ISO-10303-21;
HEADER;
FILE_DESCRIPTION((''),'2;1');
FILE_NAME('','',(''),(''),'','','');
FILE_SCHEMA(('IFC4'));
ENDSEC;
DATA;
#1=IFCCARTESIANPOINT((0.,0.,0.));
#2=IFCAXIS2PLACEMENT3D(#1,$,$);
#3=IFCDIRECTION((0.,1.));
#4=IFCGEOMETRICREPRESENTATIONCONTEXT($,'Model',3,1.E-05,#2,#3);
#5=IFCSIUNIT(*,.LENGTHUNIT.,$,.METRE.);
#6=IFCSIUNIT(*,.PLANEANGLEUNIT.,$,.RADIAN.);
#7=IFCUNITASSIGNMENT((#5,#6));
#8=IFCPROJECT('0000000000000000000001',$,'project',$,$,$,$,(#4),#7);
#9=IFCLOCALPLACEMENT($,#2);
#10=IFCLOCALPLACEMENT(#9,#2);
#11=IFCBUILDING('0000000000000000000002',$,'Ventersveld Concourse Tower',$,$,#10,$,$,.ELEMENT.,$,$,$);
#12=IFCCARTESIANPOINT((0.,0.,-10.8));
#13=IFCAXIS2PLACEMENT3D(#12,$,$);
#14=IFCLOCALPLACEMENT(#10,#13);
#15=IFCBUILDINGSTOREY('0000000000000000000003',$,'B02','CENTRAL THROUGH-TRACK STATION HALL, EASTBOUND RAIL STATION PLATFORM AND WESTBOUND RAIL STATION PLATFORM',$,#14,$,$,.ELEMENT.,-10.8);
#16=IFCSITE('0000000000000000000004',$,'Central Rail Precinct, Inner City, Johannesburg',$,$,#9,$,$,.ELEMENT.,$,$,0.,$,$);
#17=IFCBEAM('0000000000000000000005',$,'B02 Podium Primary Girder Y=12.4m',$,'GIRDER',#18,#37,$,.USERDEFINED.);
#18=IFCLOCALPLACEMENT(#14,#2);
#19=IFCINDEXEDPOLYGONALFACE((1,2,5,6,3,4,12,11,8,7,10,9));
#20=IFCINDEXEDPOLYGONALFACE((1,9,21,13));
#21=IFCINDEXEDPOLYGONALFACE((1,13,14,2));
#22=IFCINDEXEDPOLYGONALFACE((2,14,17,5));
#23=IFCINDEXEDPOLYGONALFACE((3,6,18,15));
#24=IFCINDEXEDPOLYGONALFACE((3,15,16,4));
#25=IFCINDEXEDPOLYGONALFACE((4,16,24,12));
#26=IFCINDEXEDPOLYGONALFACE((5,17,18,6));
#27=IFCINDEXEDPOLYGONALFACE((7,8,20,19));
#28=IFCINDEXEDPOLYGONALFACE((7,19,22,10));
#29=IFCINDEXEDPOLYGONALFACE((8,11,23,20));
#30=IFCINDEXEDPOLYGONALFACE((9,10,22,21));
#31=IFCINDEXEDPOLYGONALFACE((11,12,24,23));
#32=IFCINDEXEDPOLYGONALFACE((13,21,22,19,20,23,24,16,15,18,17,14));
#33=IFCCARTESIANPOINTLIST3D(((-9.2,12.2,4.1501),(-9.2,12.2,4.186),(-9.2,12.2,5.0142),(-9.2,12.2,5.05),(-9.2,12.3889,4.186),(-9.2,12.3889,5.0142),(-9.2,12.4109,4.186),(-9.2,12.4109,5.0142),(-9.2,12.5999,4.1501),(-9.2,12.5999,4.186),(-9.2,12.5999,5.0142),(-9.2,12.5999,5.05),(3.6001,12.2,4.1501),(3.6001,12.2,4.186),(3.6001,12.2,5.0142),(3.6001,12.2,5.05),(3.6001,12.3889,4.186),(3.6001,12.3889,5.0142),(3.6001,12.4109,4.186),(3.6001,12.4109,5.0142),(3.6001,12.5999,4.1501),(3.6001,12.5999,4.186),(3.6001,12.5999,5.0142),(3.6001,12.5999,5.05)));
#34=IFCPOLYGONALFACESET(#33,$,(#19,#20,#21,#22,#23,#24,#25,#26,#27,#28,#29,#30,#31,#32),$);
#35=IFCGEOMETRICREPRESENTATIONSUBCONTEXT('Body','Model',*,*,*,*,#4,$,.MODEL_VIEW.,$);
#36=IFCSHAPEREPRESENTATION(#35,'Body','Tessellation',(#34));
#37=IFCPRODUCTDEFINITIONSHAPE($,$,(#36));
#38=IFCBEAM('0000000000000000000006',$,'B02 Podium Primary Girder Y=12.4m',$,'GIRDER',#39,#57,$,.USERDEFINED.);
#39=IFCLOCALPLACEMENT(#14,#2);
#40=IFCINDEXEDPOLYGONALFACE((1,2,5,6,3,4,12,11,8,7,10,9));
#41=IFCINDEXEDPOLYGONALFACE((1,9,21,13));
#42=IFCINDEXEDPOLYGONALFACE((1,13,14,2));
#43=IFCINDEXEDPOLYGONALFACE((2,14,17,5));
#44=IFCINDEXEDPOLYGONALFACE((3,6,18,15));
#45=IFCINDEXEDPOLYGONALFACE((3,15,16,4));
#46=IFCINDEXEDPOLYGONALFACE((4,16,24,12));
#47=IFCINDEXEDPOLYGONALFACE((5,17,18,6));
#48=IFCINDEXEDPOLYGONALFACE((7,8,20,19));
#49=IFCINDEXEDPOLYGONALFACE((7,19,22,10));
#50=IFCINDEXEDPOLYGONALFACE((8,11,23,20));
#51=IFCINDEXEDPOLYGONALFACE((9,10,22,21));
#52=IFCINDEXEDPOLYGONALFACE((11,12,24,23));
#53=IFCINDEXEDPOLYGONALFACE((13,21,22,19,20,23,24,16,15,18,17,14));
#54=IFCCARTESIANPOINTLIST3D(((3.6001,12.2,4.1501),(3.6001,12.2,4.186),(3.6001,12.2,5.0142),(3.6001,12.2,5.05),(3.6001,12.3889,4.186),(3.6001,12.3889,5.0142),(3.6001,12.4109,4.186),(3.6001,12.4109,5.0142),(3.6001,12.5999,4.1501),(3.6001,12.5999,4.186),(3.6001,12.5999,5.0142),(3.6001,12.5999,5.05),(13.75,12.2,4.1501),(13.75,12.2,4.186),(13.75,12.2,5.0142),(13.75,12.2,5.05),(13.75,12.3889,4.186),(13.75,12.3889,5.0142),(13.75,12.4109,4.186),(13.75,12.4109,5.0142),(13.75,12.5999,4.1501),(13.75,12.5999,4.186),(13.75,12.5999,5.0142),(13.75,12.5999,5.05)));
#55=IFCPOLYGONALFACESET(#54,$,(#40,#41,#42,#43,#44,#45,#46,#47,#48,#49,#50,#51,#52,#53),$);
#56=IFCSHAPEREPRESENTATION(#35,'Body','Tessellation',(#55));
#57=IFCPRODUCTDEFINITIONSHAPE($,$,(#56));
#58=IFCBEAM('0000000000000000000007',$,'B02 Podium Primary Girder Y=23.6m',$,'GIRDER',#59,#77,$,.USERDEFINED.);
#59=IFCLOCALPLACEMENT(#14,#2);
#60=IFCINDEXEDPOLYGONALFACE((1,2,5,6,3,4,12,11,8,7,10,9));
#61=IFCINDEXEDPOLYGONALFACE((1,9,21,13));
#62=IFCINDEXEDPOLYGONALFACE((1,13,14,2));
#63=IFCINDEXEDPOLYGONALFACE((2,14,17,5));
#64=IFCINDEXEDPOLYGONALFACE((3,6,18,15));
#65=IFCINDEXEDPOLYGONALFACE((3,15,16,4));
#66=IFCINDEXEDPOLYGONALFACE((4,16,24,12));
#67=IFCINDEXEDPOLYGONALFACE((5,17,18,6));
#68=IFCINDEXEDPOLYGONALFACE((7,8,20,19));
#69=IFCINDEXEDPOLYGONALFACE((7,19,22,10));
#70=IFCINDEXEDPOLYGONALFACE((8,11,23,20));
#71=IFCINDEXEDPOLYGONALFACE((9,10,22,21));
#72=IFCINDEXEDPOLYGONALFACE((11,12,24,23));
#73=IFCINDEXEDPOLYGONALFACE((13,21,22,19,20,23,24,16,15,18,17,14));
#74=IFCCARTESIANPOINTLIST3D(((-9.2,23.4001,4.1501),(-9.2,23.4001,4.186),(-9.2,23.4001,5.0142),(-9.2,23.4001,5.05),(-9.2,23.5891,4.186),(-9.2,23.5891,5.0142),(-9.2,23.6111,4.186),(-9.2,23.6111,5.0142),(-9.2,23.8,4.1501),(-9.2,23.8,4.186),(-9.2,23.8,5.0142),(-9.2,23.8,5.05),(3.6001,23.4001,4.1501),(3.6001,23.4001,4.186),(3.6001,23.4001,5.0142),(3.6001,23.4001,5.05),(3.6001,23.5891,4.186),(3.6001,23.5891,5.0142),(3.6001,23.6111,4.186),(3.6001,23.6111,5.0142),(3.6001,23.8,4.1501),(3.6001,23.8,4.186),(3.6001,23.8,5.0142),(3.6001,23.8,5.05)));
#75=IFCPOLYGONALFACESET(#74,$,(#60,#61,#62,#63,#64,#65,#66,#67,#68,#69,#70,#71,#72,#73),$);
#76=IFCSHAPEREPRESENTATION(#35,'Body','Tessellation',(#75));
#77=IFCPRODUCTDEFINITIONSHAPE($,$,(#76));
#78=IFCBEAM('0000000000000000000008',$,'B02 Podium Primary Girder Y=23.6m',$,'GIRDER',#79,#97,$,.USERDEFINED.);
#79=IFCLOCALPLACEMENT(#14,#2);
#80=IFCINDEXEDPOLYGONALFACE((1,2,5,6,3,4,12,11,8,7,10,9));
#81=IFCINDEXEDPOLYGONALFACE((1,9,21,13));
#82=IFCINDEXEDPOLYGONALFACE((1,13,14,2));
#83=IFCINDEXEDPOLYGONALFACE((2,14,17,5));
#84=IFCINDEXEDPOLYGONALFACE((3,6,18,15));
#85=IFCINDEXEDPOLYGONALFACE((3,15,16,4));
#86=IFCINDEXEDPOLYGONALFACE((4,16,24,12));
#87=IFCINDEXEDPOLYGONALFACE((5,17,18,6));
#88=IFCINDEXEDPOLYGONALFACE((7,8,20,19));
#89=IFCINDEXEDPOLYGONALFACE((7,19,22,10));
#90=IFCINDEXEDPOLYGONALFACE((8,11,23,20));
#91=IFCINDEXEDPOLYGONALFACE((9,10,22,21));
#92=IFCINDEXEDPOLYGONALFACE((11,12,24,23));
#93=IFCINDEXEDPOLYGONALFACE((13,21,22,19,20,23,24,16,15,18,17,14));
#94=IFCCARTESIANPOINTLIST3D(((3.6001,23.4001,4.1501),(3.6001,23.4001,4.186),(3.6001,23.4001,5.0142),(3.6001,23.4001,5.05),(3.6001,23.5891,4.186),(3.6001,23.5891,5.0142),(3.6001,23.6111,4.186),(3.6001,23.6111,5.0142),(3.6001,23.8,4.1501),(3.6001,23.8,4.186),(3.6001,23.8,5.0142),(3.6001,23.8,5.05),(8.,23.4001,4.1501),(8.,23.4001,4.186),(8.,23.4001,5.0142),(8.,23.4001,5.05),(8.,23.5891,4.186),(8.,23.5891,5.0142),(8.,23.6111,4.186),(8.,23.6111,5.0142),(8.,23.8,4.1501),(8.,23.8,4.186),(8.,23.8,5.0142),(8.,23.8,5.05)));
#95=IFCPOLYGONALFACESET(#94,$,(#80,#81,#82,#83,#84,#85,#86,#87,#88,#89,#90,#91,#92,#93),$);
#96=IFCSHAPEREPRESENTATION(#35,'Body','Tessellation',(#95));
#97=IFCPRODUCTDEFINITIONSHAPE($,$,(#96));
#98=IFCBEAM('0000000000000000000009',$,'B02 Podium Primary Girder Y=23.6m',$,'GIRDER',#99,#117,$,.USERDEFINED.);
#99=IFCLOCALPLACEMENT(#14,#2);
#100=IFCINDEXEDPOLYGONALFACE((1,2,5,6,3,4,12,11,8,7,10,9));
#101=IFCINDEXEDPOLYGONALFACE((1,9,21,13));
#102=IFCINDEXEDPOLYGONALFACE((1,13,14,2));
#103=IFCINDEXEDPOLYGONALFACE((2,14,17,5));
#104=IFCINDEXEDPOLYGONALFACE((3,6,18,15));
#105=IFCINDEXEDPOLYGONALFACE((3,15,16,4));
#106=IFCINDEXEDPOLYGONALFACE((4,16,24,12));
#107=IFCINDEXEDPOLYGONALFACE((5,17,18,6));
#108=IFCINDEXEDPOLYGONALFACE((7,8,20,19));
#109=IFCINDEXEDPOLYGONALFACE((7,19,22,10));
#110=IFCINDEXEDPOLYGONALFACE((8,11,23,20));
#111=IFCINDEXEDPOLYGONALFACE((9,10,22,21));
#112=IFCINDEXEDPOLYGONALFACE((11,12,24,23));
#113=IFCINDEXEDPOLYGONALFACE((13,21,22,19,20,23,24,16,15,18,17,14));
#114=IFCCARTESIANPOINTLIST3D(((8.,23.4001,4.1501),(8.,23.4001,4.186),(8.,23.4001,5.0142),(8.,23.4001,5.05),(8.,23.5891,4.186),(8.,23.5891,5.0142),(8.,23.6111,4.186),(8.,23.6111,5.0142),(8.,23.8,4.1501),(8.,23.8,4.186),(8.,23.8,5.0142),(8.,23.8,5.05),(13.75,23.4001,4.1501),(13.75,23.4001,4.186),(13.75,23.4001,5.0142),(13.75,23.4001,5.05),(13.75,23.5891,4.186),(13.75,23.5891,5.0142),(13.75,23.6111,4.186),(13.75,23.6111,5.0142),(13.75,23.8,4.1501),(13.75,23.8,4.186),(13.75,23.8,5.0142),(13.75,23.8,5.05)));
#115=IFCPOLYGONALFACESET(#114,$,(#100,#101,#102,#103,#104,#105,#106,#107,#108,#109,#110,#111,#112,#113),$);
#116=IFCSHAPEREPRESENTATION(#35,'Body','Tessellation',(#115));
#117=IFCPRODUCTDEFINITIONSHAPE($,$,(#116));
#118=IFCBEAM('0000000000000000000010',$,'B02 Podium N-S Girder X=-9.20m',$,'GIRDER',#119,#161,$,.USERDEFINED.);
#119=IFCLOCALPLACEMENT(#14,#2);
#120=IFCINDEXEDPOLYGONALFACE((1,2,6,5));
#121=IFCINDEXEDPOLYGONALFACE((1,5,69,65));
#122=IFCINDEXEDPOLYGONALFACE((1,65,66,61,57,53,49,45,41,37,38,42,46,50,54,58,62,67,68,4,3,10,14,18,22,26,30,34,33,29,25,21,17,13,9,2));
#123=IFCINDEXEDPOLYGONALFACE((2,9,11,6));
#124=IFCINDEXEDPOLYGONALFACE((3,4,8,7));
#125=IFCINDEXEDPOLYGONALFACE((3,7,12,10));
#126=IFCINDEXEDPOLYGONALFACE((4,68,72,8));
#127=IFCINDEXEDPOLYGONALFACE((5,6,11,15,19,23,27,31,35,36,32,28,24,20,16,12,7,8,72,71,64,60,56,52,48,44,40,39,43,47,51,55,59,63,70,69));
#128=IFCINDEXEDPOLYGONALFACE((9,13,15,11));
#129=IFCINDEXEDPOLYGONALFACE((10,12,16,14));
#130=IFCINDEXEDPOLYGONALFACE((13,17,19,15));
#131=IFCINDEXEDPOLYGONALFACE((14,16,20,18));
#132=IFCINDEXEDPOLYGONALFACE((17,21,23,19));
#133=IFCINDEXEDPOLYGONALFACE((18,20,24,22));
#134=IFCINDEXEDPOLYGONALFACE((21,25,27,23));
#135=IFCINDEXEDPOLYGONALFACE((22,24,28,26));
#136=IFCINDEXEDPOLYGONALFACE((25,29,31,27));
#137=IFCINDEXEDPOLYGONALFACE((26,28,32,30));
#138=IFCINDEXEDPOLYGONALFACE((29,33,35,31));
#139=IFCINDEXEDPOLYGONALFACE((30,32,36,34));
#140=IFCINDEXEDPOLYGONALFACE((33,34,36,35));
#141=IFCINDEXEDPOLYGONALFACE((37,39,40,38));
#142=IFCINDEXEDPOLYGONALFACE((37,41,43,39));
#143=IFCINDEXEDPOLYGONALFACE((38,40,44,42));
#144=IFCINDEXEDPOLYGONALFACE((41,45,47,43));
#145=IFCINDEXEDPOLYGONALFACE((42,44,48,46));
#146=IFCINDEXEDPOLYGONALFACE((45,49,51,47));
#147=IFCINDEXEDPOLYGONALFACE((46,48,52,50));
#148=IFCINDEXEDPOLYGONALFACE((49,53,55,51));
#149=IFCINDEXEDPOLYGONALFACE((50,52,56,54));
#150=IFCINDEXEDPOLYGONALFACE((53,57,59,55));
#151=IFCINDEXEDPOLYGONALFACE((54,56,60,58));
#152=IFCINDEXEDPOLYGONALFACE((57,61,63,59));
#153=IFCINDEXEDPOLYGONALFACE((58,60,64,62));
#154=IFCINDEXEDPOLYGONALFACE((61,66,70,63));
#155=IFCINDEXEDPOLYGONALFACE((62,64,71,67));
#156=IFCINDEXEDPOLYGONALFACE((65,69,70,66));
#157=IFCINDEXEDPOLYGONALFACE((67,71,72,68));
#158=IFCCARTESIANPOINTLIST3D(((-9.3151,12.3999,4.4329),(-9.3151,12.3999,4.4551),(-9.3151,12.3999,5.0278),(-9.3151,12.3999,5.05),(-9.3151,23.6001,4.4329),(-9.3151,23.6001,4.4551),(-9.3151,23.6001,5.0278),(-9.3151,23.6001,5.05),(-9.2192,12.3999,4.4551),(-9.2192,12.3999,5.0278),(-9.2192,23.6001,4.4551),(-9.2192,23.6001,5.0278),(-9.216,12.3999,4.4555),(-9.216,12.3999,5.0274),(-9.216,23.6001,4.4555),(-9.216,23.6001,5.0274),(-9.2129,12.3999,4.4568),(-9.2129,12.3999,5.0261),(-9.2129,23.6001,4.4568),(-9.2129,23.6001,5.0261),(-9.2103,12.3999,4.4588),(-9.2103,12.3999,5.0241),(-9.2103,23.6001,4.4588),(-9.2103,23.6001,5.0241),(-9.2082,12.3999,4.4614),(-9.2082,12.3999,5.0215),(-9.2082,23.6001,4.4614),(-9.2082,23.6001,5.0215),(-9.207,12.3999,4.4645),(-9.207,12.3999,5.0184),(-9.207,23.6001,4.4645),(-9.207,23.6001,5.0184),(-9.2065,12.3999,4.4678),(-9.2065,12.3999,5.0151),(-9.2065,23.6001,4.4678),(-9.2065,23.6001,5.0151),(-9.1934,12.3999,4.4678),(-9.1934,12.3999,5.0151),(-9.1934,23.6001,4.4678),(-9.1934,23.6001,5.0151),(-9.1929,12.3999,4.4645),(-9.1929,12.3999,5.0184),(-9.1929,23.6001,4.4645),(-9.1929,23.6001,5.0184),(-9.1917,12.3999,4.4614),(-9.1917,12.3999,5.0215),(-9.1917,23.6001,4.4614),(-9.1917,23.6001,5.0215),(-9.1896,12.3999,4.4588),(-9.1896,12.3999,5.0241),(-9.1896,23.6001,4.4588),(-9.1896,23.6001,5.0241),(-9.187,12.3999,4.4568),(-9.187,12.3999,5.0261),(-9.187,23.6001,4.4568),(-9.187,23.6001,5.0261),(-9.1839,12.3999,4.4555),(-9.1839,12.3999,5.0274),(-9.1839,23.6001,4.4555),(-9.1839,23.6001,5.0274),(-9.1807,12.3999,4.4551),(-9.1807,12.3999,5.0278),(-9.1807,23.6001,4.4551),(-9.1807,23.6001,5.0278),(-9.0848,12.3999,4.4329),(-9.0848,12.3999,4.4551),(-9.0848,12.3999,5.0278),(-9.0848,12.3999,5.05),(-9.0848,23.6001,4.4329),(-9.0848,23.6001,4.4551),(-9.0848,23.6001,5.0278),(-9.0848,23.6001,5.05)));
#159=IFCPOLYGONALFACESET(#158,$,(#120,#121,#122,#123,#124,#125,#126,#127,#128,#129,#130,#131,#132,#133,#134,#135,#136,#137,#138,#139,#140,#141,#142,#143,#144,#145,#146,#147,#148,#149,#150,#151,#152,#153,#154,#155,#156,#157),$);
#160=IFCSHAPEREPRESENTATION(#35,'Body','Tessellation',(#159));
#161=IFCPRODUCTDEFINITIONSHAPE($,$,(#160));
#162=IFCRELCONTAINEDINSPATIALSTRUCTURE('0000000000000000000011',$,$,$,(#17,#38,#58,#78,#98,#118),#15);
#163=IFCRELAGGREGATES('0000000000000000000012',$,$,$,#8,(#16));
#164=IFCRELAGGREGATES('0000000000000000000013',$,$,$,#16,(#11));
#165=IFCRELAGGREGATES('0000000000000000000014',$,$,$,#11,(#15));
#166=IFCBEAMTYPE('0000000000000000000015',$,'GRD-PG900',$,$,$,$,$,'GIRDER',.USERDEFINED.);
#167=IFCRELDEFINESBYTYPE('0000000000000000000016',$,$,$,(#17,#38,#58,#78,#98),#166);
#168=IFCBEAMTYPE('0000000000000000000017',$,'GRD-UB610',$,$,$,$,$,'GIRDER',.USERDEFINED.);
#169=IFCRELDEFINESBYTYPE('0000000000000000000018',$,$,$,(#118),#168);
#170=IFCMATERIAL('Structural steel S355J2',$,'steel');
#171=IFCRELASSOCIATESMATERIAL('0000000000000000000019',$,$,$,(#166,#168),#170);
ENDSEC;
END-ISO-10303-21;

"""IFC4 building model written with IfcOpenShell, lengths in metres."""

from ifc_helpers import new_model, si_unit, direction, frame, origin, origin_2d, place, context, subcontext, project, spatial, i_section, extrude, material, material_profile, profile_set, type_object, element, save


model = new_model("IFC4")

# Units and contexts
model_context = context("Model", 3, precision=1e-05, world=origin(), true_north=direction((0.0, 1.0)))
body_context = subcontext(model_context, "Body", "Model", "MODEL_VIEW")
ifc_project = project(units=[si_unit("LENGTHUNIT", "METRE"), si_unit("PLANEANGLEUNIT", "RADIAN")], contexts=[model_context])

# Site, building, storey
site_placement = place(None, origin())
site = spatial("IfcSite", under=ifc_project, at=site_placement, Name="Central Rail Precinct, Inner City, Johannesburg", CompositionType="ELEMENT", RefElevation=0.0)
building_placement = place(site_placement, origin())
building = spatial("IfcBuilding", under=site, at=building_placement, Name="Ventersveld Concourse Tower", CompositionType="ELEMENT")
storey_placement = place(building_placement, frame((0.0, 0.0, -10.8)))
storey = spatial("IfcBuildingStorey", under=building, at=storey_placement, Name="B02", Description="CENTRAL THROUGH-TRACK STATION HALL, EASTBOUND RAIL STATION PLATFORM AND WESTBOUND RAIL STATION PLATFORM", CompositionType="ELEMENT", Elevation=-10.8)

# Beams
ifc_material_1 = material(Name="Structural steel S355J2", Category="steel")
ifc_material_profile_1 = material_profile(ifc_material_1, i_section(OverallWidth=0.3999, OverallDepth=0.8999, WebThickness=0.022, FlangeThickness=0.0359, at=origin_2d()), Name="PG 900x400x36")
ifc_profile_set_1 = profile_set([ifc_material_profile_1], Name="Structural steel S355J2")
beam_type_1 = type_object("IfcBeamType", Name="GRD-PG900", ElementType="GIRDER", PredefinedType="USERDEFINED", material=ifc_profile_set_1)
beam_1_placement = place(storey_placement, frame((-9.2, 12.3999, 4.6001), z_axis=(1.0, 0.0, 0.0), x_axis=(0.0, 1.0, 0.0)))
element("IfcBeam", 1, at=beam_1_placement, inside=storey, type_object=beam_type_1, Name="B02 Podium Primary Girder Y=12.4m", ObjectType="GIRDER", PredefinedType="USERDEFINED", context=body_context, shape_type="SweptSolid", body=[
    extrude(i_section(OverallWidth=0.3999, OverallDepth=0.8999, WebThickness=0.022, FlangeThickness=0.0359, at=origin_2d()), origin(), (0.0, 0.0, 1.0), 12.8),
])
beam_2_placement = place(storey_placement, frame((3.6001, 12.3999, 4.6001), z_axis=(1.0, 0.0, 0.0), x_axis=(0.0, 1.0, 0.0)))
element("IfcBeam", 2, at=beam_2_placement, inside=storey, type_object=beam_type_1, Name="B02 Podium Primary Girder Y=12.4m", ObjectType="GIRDER", PredefinedType="USERDEFINED", context=body_context, shape_type="SweptSolid", body=[
    extrude(i_section(OverallWidth=0.3999, OverallDepth=0.8999, WebThickness=0.022, FlangeThickness=0.0359, at=origin_2d()), origin(), (0.0, 0.0, 1.0), 10.1499),
])
beam_3_placement = place(storey_placement, frame((-9.2, 23.6001, 4.6001), z_axis=(1.0, 0.0, 0.0), x_axis=(0.0, 1.0, 0.0)))
element("IfcBeam", 3, at=beam_3_placement, inside=storey, type_object=beam_type_1, Name="B02 Podium Primary Girder Y=23.6m", ObjectType="GIRDER", PredefinedType="USERDEFINED", context=body_context, shape_type="SweptSolid", body=[
    extrude(i_section(OverallWidth=0.3999, OverallDepth=0.8999, WebThickness=0.022, FlangeThickness=0.0359, at=origin_2d()), origin(), (0.0, 0.0, 1.0), 12.8),
])
beam_4_placement = place(storey_placement, frame((3.6001, 23.6001, 4.6001), z_axis=(1.0, 0.0, 0.0), x_axis=(0.0, 1.0, 0.0)))
element("IfcBeam", 4, at=beam_4_placement, inside=storey, type_object=beam_type_1, Name="B02 Podium Primary Girder Y=23.6m", ObjectType="GIRDER", PredefinedType="USERDEFINED", context=body_context, shape_type="SweptSolid", body=[
    extrude(i_section(OverallWidth=0.3999, OverallDepth=0.8999, WebThickness=0.022, FlangeThickness=0.0359, at=origin_2d()), origin(), (0.0, 0.0, 1.0), 4.3999),
])
beam_5_placement = place(storey_placement, frame((8.0, 23.6001, 4.6001), z_axis=(1.0, 0.0, 0.0), x_axis=(0.0, 1.0, 0.0)))
element("IfcBeam", 5, at=beam_5_placement, inside=storey, type_object=beam_type_1, Name="B02 Podium Primary Girder Y=23.6m", ObjectType="GIRDER", PredefinedType="USERDEFINED", context=body_context, shape_type="SweptSolid", body=[
    extrude(i_section(OverallWidth=0.3999, OverallDepth=0.8999, WebThickness=0.022, FlangeThickness=0.0359, at=origin_2d()), origin(), (0.0, 0.0, 1.0), 5.75),
])
ifc_material_profile_2 = material_profile(ifc_material_1, i_section(OverallWidth=0.2302, OverallDepth=0.6172, WebThickness=0.0132, FlangeThickness=0.0222, FilletRadius=0.0127, at=origin_2d()), Name="UB 610x229x140")
ifc_profile_set_2 = profile_set([ifc_material_profile_2], Name="Structural steel S355J2")
beam_type_2 = type_object("IfcBeamType", Name="GRD-UB610", ElementType="GIRDER", PredefinedType="USERDEFINED", material=ifc_profile_set_2)
beam_6_placement = place(storey_placement, frame((-9.2, 12.3999, 4.7415), z_axis=(0.0, 1.0, 0.0), x_axis=(-1.0, 0.0, 0.0)))
element("IfcBeam", 6, at=beam_6_placement, inside=storey, type_object=beam_type_2, Name="B02 Podium N-S Girder X=-9.20m", ObjectType="GIRDER", PredefinedType="USERDEFINED", context=body_context, shape_type="SweptSolid", body=[
    extrude(i_section(OverallWidth=0.2302, OverallDepth=0.6172, WebThickness=0.0132, FlangeThickness=0.0222, FilletRadius=0.0127, at=origin_2d()), origin(), (0.0, 0.0, 1.0), 11.2002),
])

save(model, "model.ifc")
